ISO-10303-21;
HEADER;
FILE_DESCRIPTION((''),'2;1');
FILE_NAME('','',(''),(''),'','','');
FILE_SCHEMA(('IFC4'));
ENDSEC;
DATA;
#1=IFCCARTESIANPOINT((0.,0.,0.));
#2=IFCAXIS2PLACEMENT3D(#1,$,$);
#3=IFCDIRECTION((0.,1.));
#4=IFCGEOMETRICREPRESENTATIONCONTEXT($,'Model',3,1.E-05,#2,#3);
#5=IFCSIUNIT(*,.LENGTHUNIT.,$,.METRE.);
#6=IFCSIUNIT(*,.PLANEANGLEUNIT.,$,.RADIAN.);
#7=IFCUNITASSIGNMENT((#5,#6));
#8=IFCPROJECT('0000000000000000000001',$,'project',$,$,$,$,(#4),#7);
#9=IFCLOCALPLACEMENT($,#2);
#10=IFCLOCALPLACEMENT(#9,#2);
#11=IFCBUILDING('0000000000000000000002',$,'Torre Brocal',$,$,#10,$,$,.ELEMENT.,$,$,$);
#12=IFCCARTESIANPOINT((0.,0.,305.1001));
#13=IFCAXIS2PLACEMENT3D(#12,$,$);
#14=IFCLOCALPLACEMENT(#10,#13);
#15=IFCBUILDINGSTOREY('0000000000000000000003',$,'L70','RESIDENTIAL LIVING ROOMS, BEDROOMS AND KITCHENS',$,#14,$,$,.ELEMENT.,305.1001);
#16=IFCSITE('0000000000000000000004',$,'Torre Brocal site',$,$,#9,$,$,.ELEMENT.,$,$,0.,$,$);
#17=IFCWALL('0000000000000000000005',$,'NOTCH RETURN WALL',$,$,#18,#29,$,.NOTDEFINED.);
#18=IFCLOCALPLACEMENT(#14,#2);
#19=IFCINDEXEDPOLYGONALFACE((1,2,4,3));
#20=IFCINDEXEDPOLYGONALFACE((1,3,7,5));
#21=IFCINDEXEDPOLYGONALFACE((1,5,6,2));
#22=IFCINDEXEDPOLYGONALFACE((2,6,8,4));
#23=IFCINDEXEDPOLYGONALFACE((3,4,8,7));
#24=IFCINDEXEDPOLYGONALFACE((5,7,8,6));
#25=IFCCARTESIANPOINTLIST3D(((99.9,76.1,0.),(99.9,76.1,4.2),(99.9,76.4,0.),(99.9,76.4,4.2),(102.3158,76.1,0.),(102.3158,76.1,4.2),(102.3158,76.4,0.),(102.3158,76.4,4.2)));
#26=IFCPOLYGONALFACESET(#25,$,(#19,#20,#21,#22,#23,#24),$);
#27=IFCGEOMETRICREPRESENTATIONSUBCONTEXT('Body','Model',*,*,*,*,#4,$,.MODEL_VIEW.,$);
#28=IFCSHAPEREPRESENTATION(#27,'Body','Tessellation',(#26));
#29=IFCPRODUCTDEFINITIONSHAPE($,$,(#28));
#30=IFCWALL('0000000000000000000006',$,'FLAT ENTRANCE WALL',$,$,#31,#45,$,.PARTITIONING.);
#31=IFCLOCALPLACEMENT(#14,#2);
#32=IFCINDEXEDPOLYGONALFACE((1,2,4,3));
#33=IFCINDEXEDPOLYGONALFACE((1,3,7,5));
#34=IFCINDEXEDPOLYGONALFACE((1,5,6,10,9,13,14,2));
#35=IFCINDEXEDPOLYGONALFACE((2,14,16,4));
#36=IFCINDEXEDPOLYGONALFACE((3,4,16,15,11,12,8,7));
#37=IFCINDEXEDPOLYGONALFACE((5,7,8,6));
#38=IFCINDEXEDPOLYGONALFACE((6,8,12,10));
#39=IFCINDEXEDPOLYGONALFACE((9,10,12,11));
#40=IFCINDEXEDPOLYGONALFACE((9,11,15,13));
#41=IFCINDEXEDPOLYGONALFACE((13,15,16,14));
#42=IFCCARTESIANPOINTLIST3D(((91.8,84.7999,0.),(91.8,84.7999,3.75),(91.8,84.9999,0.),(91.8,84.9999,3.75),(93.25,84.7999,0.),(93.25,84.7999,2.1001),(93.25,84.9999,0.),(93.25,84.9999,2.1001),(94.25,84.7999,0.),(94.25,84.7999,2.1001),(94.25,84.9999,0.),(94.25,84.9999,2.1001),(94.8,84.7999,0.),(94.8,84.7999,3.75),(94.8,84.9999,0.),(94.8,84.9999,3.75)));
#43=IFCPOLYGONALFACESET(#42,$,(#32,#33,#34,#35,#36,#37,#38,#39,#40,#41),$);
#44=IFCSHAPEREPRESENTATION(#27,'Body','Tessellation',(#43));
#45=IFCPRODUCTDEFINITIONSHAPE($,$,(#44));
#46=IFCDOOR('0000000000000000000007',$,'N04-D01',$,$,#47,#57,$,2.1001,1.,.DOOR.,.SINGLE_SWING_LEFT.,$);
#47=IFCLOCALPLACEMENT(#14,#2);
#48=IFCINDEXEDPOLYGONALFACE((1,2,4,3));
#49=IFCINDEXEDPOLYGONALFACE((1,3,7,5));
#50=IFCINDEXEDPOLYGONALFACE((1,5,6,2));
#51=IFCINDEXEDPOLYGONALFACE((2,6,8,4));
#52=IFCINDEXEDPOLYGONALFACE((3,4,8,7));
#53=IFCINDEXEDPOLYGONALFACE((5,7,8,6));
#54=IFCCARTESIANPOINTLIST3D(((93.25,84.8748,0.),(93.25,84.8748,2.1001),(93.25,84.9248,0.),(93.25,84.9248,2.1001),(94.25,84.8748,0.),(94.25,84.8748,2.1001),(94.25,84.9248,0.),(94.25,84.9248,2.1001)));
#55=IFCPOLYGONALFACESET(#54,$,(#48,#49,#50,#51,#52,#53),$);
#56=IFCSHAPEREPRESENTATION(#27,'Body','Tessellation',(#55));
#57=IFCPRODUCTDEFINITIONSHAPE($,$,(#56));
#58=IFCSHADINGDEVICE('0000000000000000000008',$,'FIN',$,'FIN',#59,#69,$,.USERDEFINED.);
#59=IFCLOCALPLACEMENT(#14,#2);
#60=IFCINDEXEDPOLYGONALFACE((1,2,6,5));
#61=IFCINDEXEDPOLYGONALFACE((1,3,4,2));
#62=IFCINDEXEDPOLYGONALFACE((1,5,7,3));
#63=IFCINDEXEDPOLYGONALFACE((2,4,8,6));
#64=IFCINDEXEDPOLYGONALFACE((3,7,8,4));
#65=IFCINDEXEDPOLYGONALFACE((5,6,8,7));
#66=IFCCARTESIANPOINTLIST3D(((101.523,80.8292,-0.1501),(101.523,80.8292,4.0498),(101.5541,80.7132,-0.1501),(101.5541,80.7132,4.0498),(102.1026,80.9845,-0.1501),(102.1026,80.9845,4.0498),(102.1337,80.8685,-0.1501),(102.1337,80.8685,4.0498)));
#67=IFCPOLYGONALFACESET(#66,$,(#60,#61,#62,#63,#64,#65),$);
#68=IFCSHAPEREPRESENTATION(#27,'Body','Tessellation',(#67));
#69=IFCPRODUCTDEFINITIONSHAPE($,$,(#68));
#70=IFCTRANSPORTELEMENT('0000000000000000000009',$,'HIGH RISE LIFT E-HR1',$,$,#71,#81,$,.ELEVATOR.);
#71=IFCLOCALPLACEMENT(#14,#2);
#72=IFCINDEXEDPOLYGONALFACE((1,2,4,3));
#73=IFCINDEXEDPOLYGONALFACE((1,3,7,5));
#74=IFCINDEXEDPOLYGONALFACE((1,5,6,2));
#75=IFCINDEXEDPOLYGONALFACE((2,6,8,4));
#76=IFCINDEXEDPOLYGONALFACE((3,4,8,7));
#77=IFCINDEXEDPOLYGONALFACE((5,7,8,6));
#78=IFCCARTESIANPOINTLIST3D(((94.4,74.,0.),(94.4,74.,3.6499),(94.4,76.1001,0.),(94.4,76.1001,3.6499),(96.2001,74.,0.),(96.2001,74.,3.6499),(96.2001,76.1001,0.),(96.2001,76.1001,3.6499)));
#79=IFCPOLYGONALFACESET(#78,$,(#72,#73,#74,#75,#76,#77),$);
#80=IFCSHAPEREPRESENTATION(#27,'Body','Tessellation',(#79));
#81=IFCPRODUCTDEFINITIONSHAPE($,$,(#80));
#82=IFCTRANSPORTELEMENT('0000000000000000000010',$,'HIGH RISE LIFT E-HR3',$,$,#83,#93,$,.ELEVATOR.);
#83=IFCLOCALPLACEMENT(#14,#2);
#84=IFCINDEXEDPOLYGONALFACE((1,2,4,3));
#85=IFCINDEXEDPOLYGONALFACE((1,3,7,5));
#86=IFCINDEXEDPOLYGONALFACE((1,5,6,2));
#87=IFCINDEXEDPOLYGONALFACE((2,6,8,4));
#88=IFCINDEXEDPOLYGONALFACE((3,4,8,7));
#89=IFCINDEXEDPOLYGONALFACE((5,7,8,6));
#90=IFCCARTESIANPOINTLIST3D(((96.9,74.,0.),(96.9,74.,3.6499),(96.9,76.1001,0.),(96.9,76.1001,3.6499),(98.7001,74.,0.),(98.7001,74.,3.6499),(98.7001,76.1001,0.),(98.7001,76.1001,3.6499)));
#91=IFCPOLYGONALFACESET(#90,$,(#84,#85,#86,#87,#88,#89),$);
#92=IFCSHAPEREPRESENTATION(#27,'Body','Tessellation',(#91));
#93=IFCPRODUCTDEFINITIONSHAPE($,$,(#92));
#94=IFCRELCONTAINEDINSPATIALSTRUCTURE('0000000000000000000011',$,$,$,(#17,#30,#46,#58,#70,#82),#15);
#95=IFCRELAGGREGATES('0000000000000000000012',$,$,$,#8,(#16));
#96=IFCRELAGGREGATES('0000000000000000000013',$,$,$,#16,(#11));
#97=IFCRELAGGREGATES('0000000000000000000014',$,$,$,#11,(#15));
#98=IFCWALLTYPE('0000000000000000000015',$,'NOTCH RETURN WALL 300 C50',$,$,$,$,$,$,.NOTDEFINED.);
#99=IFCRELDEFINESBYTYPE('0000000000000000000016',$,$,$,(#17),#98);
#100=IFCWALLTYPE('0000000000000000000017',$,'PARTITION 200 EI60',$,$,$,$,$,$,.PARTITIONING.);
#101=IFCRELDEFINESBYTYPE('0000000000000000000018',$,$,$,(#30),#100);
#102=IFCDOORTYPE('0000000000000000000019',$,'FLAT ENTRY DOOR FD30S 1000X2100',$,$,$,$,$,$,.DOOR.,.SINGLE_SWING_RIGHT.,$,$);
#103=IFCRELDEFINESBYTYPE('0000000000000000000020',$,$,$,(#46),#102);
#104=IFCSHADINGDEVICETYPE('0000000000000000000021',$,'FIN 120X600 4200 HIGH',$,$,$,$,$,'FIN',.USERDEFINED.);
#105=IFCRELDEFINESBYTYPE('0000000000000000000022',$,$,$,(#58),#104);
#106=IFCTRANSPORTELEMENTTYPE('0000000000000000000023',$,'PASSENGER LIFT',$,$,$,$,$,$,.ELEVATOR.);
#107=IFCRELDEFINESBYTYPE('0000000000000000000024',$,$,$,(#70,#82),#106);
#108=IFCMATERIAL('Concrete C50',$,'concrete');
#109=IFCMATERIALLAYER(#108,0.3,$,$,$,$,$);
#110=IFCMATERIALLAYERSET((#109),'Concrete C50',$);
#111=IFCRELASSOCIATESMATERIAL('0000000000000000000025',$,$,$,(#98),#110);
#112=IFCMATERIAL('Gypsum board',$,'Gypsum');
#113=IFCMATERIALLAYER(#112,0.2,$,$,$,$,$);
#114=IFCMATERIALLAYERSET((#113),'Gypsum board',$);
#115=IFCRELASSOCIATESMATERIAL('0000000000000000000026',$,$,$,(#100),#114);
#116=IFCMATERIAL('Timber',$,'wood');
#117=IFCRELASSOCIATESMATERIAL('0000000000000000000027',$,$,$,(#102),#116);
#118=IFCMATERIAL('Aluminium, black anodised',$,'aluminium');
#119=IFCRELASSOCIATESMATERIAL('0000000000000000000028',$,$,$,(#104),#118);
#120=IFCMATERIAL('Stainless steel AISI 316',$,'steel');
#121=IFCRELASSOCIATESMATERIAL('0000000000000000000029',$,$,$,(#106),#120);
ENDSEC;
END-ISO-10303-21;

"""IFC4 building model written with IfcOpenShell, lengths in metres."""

from ifc_helpers import new_model, si_unit, direction, frame, frame_2d, origin, origin_2d, place, context, subcontext, project, spatial, rectangle, extrude, material, layer, layer_set, material_profile, profile_set, type_object, element, fill, save


model = new_model("IFC4")

# Units and contexts
model_context = context("Model", 3, precision=1e-05, world=origin(), true_north=direction((0.0, 1.0)))
body_context = subcontext(model_context, "Body", "Model", "MODEL_VIEW")
ifc_project = project(units=[si_unit("LENGTHUNIT", "METRE"), si_unit("PLANEANGLEUNIT", "RADIAN")], contexts=[model_context])

# Site, building, storey
site_placement = place(None, origin())
site = spatial("IfcSite", under=ifc_project, at=site_placement, Name="Torre Brocal site", CompositionType="ELEMENT", RefElevation=0.0)
building_placement = place(site_placement, origin())
building = spatial("IfcBuilding", under=site, at=building_placement, Name="Torre Brocal", CompositionType="ELEMENT")
storey_placement = place(building_placement, frame((0.0, 0.0, 305.1001)))
storey = spatial("IfcBuildingStorey", under=building, at=storey_placement, Name="L70", Description="RESIDENTIAL LIVING ROOMS, BEDROOMS AND KITCHENS", CompositionType="ELEMENT", Elevation=305.1001)

# Wall
ifc_material_1 = material(Name="Concrete C50", Category="concrete")
ifc_layer_1 = layer(ifc_material_1, 0.3)
ifc_layer_set_1 = layer_set([ifc_layer_1], Name="Concrete C50")
wall_type_1 = type_object("IfcWallType", Name="NOTCH RETURN WALL 300 C50", PredefinedType="NOTDEFINED", material=ifc_layer_set_1)
wall_1_placement = place(storey_placement, frame((99.8999, 76.25, 0.0), z_axis=(0.0, 0.0, 1.0), x_axis=(1.0, 0.0, 0.0)))
element("IfcWall", 1, at=wall_1_placement, inside=storey, type_object=wall_type_1, Name="NOTCH RETURN WALL", PredefinedType="NOTDEFINED", context=body_context, shape_type="SweptSolid", body=[
    extrude(rectangle(XDim=2.4158, YDim=0.3, at=frame_2d((1.208, 0.0))), origin(), (0.0, 0.0, 1.0), 4.2),
])

# Wall, opening, door
ifc_material_2 = material(Name="Gypsum board", Category="Gypsum")
ifc_layer_2 = layer(ifc_material_2, 0.2)
ifc_layer_set_2 = layer_set([ifc_layer_2], Name="Gypsum board")
wall_type_2 = type_object("IfcWallType", Name="PARTITION 200 EI60", PredefinedType="PARTITIONING", material=ifc_layer_set_2)
wall_2_placement = place(storey_placement, frame((91.8, 84.8999, 0.0), z_axis=(0.0, 0.0, 1.0), x_axis=(1.0, 0.0, 0.0)))
wall_2 = element("IfcWall", 2, at=wall_2_placement, inside=storey, type_object=wall_type_2, Name="FLAT ENTRANCE WALL", PredefinedType="PARTITIONING", context=body_context, shape_type="SweptSolid", body=[
    extrude(rectangle(XDim=3.0, YDim=0.2, at=frame_2d((1.5, 0.0))), origin(), (0.0, 0.0, 1.0), 3.75),
])
opening_1_placement = place(wall_2_placement, frame((1.45, 0.0, 0.0)))
opening_1 = element("IfcOpeningElement", 3, at=opening_1_placement, cuts=wall_2, PredefinedType="OPENING", context=body_context, shape_type="SweptSolid", body=[
    extrude(rectangle(XDim=1.0, YDim=2.1001, at=frame_2d((0.5, 1.05))), frame((0.0, 0.1099, 0.0), z_axis=(0.0, -1.0, 0.0), x_axis=(1.0, 0.0, 0.0)), (0.0, 0.0, 1.0), 0.22),
])
ifc_material_3 = material(Name="Timber", Category="wood")
door_type_1 = type_object("IfcDoorType", Name="FLAT ENTRY DOOR FD30S 1000X2100", OperationType="SINGLE_SWING_RIGHT", PredefinedType="DOOR", material=ifc_material_3)
door_1_placement = place(opening_1_placement, origin())
door_1 = element("IfcDoor", 4, at=door_1_placement, inside=storey, type_object=door_type_1, Name="N04-D01", OperationType="SINGLE_SWING_LEFT", OverallHeight=2.1001, OverallWidth=1.0, PredefinedType="DOOR", context=body_context, shape_type="SweptSolid", body=[
    extrude(rectangle(XDim=1.0, YDim=2.1001, at=frame_2d((0.5, 1.05))), frame((0.0, 0.0249, 0.0), z_axis=(0.0, -1.0, 0.0), x_axis=(1.0, 0.0, 0.0)), (0.0, 0.0, 1.0), 0.05),
])
fill(opening_1, door_1)

# Shading device
ifc_material_4 = material(Name="Aluminium, black anodised", Category="aluminium")
ifc_material_profile_1 = material_profile(ifc_material_4, rectangle(XDim=0.1201, YDim=0.6001, at=origin_2d()), Name="FIN 120X600 4200 HIGH")
ifc_profile_set_1 = profile_set([ifc_material_profile_1], Name="Aluminium, black anodised")
shading_device_type = type_object("IfcShadingDeviceType", Name="FIN 120X600 4200 HIGH", ElementType="FIN", PredefinedType="USERDEFINED", material=ifc_profile_set_1)
shading_device_placement = place(storey_placement, frame((101.8284, 80.8489, -0.1501), z_axis=(0.0, 0.0, 1.0), x_axis=(-0.258819, 0.965926, 0.0)))
element("IfcShadingDevice", 5, at=shading_device_placement, inside=storey, type_object=shading_device_type, Name="FIN", ObjectType="FIN", PredefinedType="USERDEFINED", context=body_context, shape_type="SweptSolid", body=[
    extrude(rectangle(XDim=0.1201, YDim=0.6001, at=origin_2d()), origin(), (0.0, 0.0, 1.0), 4.2),
])

# Transport elements
ifc_material_5 = material(Name="Stainless steel AISI 316", Category="steel")
transport_element_type = type_object("IfcTransportElementType", Name="PASSENGER LIFT", PredefinedType="ELEVATOR", material=ifc_material_5)
for number, where, z_axis, x_axis, name in (
    (6, (95.3, 75.05, 0.0), (0.0, 0.0, 1.0), (1.0, 0.0, 0.0), "HIGH RISE LIFT E-HR1"),
    (7, (97.8, 75.05, 0.0), (0.0, 0.0, 1.0), (1.0, 0.0, 0.0), "HIGH RISE LIFT E-HR3"),
):
    element("IfcTransportElement", number, at=place(storey_placement, frame(where, z_axis=z_axis, x_axis=x_axis)), inside=storey, type_object=transport_element_type, Name=name, PredefinedType="ELEVATOR", context=body_context, shape_type="SweptSolid", body=[
        extrude(rectangle(XDim=1.8, YDim=2.1001, at=origin_2d()), origin(), (0.0, 0.0, 1.0), 3.6499),
    ])

save(model, "model.ifc")
